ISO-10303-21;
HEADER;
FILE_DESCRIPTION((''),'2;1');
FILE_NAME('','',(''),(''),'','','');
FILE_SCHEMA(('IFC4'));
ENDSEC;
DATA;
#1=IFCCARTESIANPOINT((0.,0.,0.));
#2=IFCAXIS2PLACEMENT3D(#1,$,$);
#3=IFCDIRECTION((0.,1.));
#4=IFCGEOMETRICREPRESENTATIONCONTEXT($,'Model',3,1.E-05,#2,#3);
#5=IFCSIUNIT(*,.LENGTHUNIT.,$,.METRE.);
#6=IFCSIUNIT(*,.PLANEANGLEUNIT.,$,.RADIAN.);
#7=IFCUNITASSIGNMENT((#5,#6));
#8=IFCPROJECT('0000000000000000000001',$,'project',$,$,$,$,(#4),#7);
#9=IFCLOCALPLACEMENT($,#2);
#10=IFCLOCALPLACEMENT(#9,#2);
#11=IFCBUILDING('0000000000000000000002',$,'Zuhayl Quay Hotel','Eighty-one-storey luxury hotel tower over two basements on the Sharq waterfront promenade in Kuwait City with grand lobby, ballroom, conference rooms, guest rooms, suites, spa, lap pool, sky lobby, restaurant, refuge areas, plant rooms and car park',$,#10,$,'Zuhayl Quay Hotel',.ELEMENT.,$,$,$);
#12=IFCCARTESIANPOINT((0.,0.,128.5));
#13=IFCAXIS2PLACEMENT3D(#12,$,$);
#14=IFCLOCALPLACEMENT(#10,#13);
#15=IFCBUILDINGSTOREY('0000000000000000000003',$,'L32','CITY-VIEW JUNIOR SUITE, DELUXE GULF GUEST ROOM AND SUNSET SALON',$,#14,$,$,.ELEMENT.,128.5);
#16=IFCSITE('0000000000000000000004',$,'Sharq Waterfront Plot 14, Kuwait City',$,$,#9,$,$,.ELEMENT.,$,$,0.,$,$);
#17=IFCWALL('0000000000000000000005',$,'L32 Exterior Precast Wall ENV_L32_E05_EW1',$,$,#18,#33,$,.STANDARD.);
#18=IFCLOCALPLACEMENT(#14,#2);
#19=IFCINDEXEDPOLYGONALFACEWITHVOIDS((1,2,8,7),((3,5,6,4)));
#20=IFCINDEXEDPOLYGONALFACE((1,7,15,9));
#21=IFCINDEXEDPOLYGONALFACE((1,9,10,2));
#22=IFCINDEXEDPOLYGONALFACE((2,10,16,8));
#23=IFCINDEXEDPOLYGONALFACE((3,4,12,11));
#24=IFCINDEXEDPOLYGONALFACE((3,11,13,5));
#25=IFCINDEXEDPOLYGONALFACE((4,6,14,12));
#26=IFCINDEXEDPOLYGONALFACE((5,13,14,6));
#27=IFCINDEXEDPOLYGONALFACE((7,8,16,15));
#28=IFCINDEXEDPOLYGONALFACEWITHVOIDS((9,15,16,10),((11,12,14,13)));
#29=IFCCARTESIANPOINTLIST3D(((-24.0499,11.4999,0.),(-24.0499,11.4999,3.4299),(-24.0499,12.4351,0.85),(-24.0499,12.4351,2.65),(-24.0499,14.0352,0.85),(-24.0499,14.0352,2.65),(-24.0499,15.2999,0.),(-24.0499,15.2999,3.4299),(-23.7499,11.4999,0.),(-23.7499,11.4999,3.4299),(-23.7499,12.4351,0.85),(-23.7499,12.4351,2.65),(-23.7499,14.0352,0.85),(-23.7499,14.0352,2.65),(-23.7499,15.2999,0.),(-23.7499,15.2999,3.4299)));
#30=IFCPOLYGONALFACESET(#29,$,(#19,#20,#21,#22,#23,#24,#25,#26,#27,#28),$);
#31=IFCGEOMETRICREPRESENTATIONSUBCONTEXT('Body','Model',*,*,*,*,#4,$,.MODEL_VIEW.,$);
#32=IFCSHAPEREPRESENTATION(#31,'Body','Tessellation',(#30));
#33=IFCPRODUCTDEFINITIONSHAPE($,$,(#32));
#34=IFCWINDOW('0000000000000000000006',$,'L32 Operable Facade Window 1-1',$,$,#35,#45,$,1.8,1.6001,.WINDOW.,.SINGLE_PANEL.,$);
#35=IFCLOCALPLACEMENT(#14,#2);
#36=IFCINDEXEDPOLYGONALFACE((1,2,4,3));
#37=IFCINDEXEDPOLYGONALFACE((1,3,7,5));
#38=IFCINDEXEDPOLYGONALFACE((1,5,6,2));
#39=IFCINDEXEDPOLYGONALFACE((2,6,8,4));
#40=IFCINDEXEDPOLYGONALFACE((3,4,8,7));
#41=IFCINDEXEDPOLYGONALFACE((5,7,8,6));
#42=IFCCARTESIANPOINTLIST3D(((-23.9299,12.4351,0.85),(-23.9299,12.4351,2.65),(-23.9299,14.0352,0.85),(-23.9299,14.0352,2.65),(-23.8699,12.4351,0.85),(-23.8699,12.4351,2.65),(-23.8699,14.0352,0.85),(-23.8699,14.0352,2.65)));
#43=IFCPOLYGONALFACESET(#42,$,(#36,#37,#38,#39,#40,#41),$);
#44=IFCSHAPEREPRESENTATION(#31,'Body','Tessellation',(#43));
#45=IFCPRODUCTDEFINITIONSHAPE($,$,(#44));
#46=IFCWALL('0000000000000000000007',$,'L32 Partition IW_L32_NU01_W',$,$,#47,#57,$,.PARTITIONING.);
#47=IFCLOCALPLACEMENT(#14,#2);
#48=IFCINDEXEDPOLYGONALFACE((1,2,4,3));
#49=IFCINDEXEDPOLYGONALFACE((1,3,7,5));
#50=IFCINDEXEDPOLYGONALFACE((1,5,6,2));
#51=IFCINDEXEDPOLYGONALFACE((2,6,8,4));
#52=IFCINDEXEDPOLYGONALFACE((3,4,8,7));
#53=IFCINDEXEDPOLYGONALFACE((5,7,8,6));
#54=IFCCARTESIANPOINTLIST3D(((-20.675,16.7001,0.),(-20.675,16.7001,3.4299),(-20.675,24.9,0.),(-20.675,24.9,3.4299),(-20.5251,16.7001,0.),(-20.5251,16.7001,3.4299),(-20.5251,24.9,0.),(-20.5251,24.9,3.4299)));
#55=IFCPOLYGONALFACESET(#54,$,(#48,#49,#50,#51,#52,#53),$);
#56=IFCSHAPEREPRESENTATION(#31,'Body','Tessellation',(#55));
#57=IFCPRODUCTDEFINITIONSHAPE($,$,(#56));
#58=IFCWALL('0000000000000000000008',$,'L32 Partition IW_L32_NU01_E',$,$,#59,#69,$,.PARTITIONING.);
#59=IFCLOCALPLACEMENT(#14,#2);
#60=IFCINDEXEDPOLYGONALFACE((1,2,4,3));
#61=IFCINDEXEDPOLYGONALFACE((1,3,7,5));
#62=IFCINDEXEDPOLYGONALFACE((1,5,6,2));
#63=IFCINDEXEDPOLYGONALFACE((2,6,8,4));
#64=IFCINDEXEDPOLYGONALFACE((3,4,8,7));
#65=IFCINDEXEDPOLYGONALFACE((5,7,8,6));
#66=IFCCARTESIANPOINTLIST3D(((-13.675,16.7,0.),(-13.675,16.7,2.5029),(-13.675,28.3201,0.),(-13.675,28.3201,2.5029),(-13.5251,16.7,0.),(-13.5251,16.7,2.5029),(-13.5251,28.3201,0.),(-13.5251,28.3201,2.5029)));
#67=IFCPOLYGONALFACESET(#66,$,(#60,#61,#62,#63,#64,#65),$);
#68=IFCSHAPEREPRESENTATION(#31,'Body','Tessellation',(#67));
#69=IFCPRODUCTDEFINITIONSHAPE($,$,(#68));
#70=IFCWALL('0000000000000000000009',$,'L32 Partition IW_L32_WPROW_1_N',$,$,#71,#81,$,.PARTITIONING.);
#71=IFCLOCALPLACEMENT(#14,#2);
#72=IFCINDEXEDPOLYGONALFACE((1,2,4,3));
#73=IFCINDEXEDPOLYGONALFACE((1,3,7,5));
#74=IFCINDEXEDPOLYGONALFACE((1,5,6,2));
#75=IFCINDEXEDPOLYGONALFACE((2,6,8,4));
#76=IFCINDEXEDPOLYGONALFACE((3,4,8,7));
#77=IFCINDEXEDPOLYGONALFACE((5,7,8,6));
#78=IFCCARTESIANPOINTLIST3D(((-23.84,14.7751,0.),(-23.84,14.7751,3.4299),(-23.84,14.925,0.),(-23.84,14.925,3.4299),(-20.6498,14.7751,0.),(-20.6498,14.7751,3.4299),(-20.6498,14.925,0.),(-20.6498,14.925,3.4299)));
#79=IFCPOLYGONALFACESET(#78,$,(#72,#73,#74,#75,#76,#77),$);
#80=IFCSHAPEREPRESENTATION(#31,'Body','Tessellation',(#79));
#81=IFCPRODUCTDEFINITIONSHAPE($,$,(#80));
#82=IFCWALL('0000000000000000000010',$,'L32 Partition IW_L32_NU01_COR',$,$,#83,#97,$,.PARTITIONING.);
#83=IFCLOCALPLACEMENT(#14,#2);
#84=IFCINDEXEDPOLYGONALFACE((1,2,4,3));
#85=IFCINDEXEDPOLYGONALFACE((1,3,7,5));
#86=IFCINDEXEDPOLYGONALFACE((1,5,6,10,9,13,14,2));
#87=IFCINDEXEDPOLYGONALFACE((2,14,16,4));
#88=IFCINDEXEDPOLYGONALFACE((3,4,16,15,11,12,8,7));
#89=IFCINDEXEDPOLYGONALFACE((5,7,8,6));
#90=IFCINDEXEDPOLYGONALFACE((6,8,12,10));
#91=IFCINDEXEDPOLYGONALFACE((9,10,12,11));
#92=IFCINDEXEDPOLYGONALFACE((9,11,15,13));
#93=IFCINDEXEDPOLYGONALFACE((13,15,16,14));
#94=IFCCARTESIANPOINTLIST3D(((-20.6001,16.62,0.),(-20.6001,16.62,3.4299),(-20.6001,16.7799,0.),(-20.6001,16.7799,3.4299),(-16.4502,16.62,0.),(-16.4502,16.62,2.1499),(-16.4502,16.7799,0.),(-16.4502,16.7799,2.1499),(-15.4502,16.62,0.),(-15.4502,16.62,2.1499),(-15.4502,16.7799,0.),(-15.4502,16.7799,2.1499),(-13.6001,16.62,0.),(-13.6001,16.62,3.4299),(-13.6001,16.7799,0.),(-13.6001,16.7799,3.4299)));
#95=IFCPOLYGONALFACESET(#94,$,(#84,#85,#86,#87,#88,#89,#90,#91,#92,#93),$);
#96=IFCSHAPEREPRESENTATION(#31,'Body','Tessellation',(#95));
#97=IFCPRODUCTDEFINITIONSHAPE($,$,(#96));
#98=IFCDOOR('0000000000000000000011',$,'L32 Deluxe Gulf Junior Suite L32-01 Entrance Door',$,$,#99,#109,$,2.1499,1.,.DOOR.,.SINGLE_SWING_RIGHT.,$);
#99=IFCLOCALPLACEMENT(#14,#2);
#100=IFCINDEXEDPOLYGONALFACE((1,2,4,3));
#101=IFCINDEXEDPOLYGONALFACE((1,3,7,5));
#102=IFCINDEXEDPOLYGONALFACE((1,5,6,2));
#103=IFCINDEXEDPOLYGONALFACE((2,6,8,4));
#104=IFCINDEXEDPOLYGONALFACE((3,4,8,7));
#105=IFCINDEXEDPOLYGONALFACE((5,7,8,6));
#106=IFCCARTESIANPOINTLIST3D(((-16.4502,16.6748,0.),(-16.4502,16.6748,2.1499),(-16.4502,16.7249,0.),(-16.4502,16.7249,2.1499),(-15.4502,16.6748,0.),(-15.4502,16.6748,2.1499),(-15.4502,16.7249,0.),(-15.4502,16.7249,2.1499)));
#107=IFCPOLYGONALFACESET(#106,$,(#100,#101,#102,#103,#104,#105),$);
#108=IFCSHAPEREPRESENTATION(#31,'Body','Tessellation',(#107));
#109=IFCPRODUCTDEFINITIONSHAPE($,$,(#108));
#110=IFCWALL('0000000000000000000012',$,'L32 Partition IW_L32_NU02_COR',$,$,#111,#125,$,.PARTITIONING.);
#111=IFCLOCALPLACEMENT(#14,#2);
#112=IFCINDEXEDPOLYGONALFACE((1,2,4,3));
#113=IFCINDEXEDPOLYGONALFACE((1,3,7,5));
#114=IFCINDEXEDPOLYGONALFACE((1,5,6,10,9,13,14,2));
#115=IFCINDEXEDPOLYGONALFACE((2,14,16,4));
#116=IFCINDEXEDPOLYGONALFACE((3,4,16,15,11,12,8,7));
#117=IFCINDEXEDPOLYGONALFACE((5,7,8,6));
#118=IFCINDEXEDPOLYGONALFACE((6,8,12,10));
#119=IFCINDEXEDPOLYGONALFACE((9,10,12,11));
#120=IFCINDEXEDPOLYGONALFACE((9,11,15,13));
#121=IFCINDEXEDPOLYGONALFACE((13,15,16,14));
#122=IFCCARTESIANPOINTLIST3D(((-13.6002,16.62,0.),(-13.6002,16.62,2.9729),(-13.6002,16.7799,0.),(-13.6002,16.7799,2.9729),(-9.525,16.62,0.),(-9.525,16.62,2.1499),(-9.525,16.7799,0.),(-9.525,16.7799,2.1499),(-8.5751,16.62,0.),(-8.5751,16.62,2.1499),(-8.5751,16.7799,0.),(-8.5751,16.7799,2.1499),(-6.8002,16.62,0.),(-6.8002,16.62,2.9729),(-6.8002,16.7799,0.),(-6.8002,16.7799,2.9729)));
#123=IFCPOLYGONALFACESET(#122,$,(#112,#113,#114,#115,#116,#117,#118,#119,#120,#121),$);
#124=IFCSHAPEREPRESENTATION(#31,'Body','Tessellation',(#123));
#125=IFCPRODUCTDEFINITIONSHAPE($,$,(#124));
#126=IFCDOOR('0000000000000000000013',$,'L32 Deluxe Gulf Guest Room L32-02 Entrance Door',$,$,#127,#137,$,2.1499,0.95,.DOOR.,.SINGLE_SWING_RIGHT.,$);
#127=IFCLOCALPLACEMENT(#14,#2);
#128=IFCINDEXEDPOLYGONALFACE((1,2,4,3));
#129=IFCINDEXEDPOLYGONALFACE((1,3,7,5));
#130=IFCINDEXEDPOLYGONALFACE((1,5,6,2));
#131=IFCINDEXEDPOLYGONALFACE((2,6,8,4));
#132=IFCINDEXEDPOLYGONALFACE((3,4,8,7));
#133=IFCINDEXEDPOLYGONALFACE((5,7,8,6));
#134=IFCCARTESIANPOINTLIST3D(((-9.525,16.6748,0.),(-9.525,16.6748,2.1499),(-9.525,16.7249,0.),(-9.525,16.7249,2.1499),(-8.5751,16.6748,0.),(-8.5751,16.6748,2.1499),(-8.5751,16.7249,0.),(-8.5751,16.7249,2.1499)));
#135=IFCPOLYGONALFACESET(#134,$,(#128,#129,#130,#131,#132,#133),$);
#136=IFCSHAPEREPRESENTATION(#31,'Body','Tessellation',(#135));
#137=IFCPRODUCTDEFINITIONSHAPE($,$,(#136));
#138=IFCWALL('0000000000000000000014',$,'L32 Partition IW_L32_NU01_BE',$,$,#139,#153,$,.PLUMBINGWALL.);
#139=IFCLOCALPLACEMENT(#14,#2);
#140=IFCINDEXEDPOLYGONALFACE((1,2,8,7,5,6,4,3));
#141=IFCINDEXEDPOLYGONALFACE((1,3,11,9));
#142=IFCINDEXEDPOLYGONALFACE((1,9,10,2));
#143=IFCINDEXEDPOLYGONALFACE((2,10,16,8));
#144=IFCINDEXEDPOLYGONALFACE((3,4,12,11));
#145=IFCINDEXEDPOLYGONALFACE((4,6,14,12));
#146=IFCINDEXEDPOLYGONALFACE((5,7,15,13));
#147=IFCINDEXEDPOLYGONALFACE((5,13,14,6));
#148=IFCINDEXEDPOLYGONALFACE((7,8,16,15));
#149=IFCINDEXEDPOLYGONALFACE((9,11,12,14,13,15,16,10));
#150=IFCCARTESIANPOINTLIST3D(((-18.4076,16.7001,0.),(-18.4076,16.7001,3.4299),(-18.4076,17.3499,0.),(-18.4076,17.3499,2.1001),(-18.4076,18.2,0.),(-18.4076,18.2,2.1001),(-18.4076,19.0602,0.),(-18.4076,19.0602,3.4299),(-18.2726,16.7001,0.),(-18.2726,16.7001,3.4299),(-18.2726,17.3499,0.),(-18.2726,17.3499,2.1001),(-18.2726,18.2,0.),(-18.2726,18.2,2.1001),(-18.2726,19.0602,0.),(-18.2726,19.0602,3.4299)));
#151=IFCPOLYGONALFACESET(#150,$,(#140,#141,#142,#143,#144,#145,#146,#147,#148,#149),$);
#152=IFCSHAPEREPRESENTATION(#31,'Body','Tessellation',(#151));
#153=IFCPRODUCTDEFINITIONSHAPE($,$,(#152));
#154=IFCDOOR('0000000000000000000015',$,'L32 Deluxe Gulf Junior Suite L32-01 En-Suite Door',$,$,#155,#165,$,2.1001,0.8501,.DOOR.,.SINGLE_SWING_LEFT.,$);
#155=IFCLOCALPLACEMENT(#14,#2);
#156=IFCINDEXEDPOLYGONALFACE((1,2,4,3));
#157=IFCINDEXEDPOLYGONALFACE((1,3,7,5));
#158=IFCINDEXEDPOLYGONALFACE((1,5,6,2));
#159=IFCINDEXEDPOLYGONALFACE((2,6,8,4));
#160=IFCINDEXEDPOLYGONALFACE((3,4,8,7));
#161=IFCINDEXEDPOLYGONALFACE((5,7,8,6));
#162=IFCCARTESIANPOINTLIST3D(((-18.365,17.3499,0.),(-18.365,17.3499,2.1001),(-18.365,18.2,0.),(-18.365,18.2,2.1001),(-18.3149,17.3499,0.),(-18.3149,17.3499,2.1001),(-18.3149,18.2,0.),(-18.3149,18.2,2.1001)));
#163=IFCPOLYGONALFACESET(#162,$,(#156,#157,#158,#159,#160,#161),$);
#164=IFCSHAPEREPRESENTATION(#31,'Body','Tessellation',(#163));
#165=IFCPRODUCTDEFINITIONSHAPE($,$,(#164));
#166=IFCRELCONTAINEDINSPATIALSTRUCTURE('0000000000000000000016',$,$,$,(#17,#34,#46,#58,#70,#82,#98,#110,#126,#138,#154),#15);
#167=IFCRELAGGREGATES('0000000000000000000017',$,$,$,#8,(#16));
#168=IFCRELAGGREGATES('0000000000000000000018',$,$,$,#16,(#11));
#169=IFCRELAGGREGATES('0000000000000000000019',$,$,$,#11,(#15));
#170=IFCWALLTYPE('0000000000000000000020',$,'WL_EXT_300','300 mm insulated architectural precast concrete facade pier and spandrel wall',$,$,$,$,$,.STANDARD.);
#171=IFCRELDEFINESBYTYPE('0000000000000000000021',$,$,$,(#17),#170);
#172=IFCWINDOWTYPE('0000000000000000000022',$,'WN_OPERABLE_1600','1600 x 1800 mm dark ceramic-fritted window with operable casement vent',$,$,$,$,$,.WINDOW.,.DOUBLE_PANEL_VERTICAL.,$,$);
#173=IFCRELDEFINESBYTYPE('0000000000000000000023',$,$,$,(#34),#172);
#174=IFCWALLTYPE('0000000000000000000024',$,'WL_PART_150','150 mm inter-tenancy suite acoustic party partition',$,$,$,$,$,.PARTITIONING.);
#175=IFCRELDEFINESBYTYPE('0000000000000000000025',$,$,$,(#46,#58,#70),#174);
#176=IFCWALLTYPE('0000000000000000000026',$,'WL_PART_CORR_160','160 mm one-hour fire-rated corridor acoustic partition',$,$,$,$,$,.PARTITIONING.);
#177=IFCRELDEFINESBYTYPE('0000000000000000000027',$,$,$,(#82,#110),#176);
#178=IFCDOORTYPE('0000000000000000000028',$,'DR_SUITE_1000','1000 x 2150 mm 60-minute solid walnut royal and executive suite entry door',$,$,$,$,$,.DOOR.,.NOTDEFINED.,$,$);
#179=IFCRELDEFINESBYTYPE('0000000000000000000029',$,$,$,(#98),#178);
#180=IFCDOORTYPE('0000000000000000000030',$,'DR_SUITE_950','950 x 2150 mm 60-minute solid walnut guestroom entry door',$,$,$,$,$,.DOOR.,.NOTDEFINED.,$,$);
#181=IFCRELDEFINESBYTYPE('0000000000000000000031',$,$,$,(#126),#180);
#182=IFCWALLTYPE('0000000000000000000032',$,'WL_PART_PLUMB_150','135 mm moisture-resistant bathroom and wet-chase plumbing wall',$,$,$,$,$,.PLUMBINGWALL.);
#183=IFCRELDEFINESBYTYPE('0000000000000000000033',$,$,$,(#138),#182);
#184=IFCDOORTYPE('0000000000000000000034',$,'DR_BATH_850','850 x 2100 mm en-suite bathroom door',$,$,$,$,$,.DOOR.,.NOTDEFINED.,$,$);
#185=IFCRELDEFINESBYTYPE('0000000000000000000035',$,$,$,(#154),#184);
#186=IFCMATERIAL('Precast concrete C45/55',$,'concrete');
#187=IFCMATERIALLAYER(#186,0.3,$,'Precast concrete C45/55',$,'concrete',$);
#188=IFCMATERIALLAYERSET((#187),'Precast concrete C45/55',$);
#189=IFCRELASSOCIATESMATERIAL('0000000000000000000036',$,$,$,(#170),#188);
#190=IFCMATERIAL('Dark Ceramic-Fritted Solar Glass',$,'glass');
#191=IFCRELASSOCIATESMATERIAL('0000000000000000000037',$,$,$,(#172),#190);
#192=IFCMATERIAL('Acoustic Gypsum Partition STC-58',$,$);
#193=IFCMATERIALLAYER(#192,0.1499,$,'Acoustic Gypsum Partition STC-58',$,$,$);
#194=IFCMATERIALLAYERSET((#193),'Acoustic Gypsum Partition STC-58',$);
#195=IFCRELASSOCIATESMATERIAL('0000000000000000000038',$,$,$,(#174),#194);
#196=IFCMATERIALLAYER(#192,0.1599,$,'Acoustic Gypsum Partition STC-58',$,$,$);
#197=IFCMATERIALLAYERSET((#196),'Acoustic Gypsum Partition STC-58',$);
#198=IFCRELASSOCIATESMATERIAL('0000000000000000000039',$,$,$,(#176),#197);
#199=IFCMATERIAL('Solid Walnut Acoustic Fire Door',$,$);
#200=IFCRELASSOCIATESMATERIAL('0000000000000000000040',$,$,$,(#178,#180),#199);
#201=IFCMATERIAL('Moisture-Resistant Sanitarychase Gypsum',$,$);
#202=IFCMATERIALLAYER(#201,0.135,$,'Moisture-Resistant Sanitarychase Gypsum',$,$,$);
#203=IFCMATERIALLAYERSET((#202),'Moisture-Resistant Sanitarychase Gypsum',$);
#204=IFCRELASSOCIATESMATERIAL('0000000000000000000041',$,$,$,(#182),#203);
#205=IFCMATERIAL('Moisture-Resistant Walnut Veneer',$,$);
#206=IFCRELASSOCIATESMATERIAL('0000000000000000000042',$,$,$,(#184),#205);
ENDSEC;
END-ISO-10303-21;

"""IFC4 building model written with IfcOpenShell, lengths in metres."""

from ifc_helpers import new_model, si_unit, direction, frame, frame_2d, origin, place, context, subcontext, project, spatial, rectangle, extrude, material, layer, layer_set, type_object, element, fill, save


model = new_model("IFC4")

# Units and contexts
model_context = context("Model", 3, precision=1e-05, world=origin(), true_north=direction((0.0, 1.0)))
body_context = subcontext(model_context, "Body", "Model", "MODEL_VIEW")
ifc_project = project(units=[si_unit("LENGTHUNIT", "METRE"), si_unit("PLANEANGLEUNIT", "RADIAN")], contexts=[model_context])

# Site, building, storey
site_placement = place(None, origin())
site = spatial("IfcSite", under=ifc_project, at=site_placement, Name="Sharq Waterfront Plot 14, Kuwait City", CompositionType="ELEMENT", RefElevation=0.0)
building_placement = place(site_placement, origin())
building = spatial("IfcBuilding", under=site, at=building_placement, Name="Zuhayl Quay Hotel", Description="Eighty-one-storey luxury hotel tower over two basements on the Sharq waterfront promenade in Kuwait City with grand lobby, ballroom, conference rooms, guest rooms, suites, spa, lap pool, sky lobby, restaurant, refuge areas, plant rooms and car park", LongName="Zuhayl Quay Hotel", CompositionType="ELEMENT")
storey_placement = place(building_placement, frame((0.0, 0.0, 128.5)))
storey = spatial("IfcBuildingStorey", under=building, at=storey_placement, Name="L32", Description="CITY-VIEW JUNIOR SUITE, DELUXE GULF GUEST ROOM AND SUNSET SALON", CompositionType="ELEMENT", Elevation=128.5)

# Wall, opening, window
ifc_material_1 = material(Name="Precast concrete C45/55", Category="concrete")
ifc_layer_1 = layer(ifc_material_1, 0.3, Name="Precast concrete C45/55", Category="concrete")
ifc_layer_set_1 = layer_set([ifc_layer_1], Name="Precast concrete C45/55")
wall_type_1 = type_object("IfcWallType", Name="WL_EXT_300", Description="300 mm insulated architectural precast concrete facade pier and spandrel wall", PredefinedType="STANDARD", material=ifc_layer_set_1)
wall_1_placement = place(storey_placement, frame((-23.8999, 11.5, 0.0), z_axis=(0.0, 0.0, 1.0), x_axis=(0.0, 1.0, 0.0)))
wall_1 = element("IfcWall", 1, at=wall_1_placement, inside=storey, type_object=wall_type_1, Name="L32 Exterior Precast Wall ENV_L32_E05_EW1", PredefinedType="STANDARD", context=body_context, shape_type="SweptSolid", body=[
    extrude(rectangle(XDim=3.8, YDim=0.3, at=frame_2d((1.8999, 0.0))), origin(), (0.0, 0.0, 1.0), 3.4299),
])
opening_1_placement = place(wall_1_placement, frame((0.9351, 0.0, 0.8501)))
opening_1 = element("IfcOpeningElement", 2, at=opening_1_placement, cuts=wall_1, PredefinedType="OPENING", context=body_context, shape_type="SweptSolid", body=[
    extrude(rectangle(XDim=1.6001, YDim=1.8, at=frame_2d((0.8, 0.8999))), frame((0.0, 0.1599, 0.0), z_axis=(0.0, -1.0, 0.0), x_axis=(1.0, 0.0, 0.0)), (0.0, 0.0, 1.0), 0.3201),
])
ifc_material_2 = material(Name="Dark Ceramic-Fritted Solar Glass", Category="glass")
window_type = type_object("IfcWindowType", Name="WN_OPERABLE_1600", Description="1600 x 1800 mm dark ceramic-fritted window with operable casement vent", PartitioningType="DOUBLE_PANEL_VERTICAL", PredefinedType="WINDOW", material=ifc_material_2)
window_placement = place(opening_1_placement, origin())
window = element("IfcWindow", 3, at=window_placement, inside=storey, type_object=window_type, Name="L32 Operable Facade Window 1-1", OverallHeight=1.8, OverallWidth=1.6001, PartitioningType="SINGLE_PANEL", PredefinedType="WINDOW", context=body_context, shape_type="SweptSolid", body=[
    extrude(rectangle(XDim=1.6001, YDim=1.8, at=frame_2d((0.8, 0.8999))), frame((0.0, 0.03, 0.0), z_axis=(0.0, -1.0, 0.0), x_axis=(1.0, 0.0, 0.0)), (0.0, 0.0, 1.0), 0.0601),
])
fill(opening_1, window)

# Walls
ifc_material_3 = material(Name="Acoustic Gypsum Partition STC-58")
ifc_layer_2 = layer(ifc_material_3, 0.1499, Name="Acoustic Gypsum Partition STC-58")
ifc_layer_set_2 = layer_set([ifc_layer_2], Name="Acoustic Gypsum Partition STC-58")
wall_type_2 = type_object("IfcWallType", Name="WL_PART_150", Description="150 mm inter-tenancy suite acoustic party partition", PredefinedType="PARTITIONING", material=ifc_layer_set_2)
wall_2_placement = place(storey_placement, frame((-20.6001, 16.7, 0.0), z_axis=(0.0, 0.0, 1.0), x_axis=(0.0, 1.0, 0.0)))
element("IfcWall", 4, at=wall_2_placement, inside=storey, type_object=wall_type_2, Name="L32 Partition IW_L32_NU01_W", PredefinedType="PARTITIONING", context=body_context, shape_type="SweptSolid", body=[
    extrude(rectangle(XDim=8.2, YDim=0.1499, at=frame_2d((4.1001, 0.0))), origin(), (0.0, 0.0, 1.0), 3.4299),
])
wall_3_placement = place(storey_placement, frame((-13.6001, 16.7, 0.0), z_axis=(0.0, 0.0, 1.0), x_axis=(0.0, 1.0, 0.0)))
element("IfcWall", 5, at=wall_3_placement, inside=storey, type_object=wall_type_2, Name="L32 Partition IW_L32_NU01_E", PredefinedType="PARTITIONING", context=body_context, shape_type="SweptSolid", body=[
    extrude(rectangle(XDim=11.6201, YDim=0.1499, at=frame_2d((5.8101, 0.0))), origin(), (0.0, 0.0, 1.0), 2.5029),
])
wall_4_placement = place(storey_placement, frame((-23.8401, 14.8501, 0.0), z_axis=(0.0, 0.0, 1.0), x_axis=(1.0, 0.0, 0.0)))
element("IfcWall", 6, at=wall_4_placement, inside=storey, type_object=wall_type_2, Name="L32 Partition IW_L32_WPROW_1_N", PredefinedType="PARTITIONING", context=body_context, shape_type="SweptSolid", body=[
    extrude(rectangle(XDim=3.1902, YDim=0.1499, at=frame_2d((1.5952, 0.0))), origin(), (0.0, 0.0, 1.0), 3.4299),
])

# Walls, openings, doors
ifc_layer_3 = layer(ifc_material_3, 0.1599, Name="Acoustic Gypsum Partition STC-58")
ifc_layer_set_3 = layer_set([ifc_layer_3], Name="Acoustic Gypsum Partition STC-58")
wall_type_3 = type_object("IfcWallType", Name="WL_PART_CORR_160", Description="160 mm one-hour fire-rated corridor acoustic partition", PredefinedType="PARTITIONING", material=ifc_layer_set_3)
wall_5_placement = place(storey_placement, frame((-20.6001, 16.7, 0.0), z_axis=(0.0, 0.0, 1.0), x_axis=(1.0, 0.0, 0.0)))
wall_5 = element("IfcWall", 7, at=wall_5_placement, inside=storey, type_object=wall_type_3, Name="L32 Partition IW_L32_NU01_COR", PredefinedType="PARTITIONING", context=body_context, shape_type="SweptSolid", body=[
    extrude(rectangle(XDim=7.0, YDim=0.1599, at=frame_2d((3.5, 0.0))), origin(), (0.0, 0.0, 1.0), 3.4299),
])
opening_2_placement = place(wall_5_placement, frame((4.1499, 0.0, 0.0)))
opening_2 = element("IfcOpeningElement", 8, at=opening_2_placement, cuts=wall_5, PredefinedType="OPENING", context=body_context, shape_type="SweptSolid", body=[
    extrude(rectangle(XDim=1.0, YDim=2.1499, at=frame_2d((0.5, 1.075))), frame((0.0, 0.0898, 0.0), z_axis=(0.0, -1.0, 0.0), x_axis=(1.0, 0.0, 0.0)), (0.0, 0.0, 1.0), 0.1799),
])
ifc_material_4 = material(Name="Solid Walnut Acoustic Fire Door")
door_type_1 = type_object("IfcDoorType", Name="DR_SUITE_1000", Description="1000 x 2150 mm 60-minute solid walnut royal and executive suite entry door", OperationType="NOTDEFINED", PredefinedType="DOOR", material=ifc_material_4)
door_1_placement = place(opening_2_placement, origin())
door_1 = element("IfcDoor", 9, at=door_1_placement, inside=storey, type_object=door_type_1, Name="L32 Deluxe Gulf Junior Suite L32-01 Entrance Door", OperationType="SINGLE_SWING_RIGHT", OverallHeight=2.1499, OverallWidth=1.0, PredefinedType="DOOR", context=body_context, shape_type="SweptSolid", body=[
    extrude(rectangle(XDim=1.0, YDim=2.1499, at=frame_2d((0.5, 1.075))), frame((0.0, 0.0249, 0.0), z_axis=(0.0, -1.0, 0.0), x_axis=(1.0, 0.0, 0.0)), (0.0, 0.0, 1.0), 0.05),
])
fill(opening_2, door_1)
wall_6_placement = place(storey_placement, frame((-13.6001, 16.7, 0.0), z_axis=(0.0, 0.0, 1.0), x_axis=(1.0, 0.0, 0.0)))
wall_6 = element("IfcWall", 10, at=wall_6_placement, inside=storey, type_object=wall_type_3, Name="L32 Partition IW_L32_NU02_COR", PredefinedType="PARTITIONING", context=body_context, shape_type="SweptSolid", body=[
    extrude(rectangle(XDim=6.8, YDim=0.1599, at=frame_2d((3.3999, 0.0))), origin(), (0.0, 0.0, 1.0), 2.9729),
])
opening_3_placement = place(wall_6_placement, frame((4.075, 0.0, 0.0)))
opening_3 = element("IfcOpeningElement", 11, at=opening_3_placement, cuts=wall_6, PredefinedType="OPENING", context=body_context, shape_type="SweptSolid", body=[
    extrude(rectangle(XDim=0.95, YDim=2.1499, at=frame_2d((0.4751, 1.075))), frame((0.0, 0.0898, 0.0), z_axis=(0.0, -1.0, 0.0), x_axis=(1.0, 0.0, 0.0)), (0.0, 0.0, 1.0), 0.1799),
])
door_type_2 = type_object("IfcDoorType", Name="DR_SUITE_950", Description="950 x 2150 mm 60-minute solid walnut guestroom entry door", OperationType="NOTDEFINED", PredefinedType="DOOR", material=ifc_material_4)
door_2_placement = place(opening_3_placement, origin())
door_2 = element("IfcDoor", 12, at=door_2_placement, inside=storey, type_object=door_type_2, Name="L32 Deluxe Gulf Guest Room L32-02 Entrance Door", OperationType="SINGLE_SWING_RIGHT", OverallHeight=2.1499, OverallWidth=0.95, PredefinedType="DOOR", context=body_context, shape_type="SweptSolid", body=[
    extrude(rectangle(XDim=0.95, YDim=2.1499, at=frame_2d((0.4751, 1.075))), frame((0.0, 0.0249, 0.0), z_axis=(0.0, -1.0, 0.0), x_axis=(1.0, 0.0, 0.0)), (0.0, 0.0, 1.0), 0.05),
])
fill(opening_3, door_2)
ifc_material_5 = material(Name="Moisture-Resistant Sanitarychase Gypsum")
ifc_layer_4 = layer(ifc_material_5, 0.135, Name="Moisture-Resistant Sanitarychase Gypsum")
ifc_layer_set_4 = layer_set([ifc_layer_4], Name="Moisture-Resistant Sanitarychase Gypsum")
wall_type_4 = type_object("IfcWallType", Name="WL_PART_PLUMB_150", Description="135 mm moisture-resistant bathroom and wet-chase plumbing wall", PredefinedType="PLUMBINGWALL", material=ifc_layer_set_4)
wall_7_placement = place(storey_placement, frame((-18.3401, 16.7, 0.0), z_axis=(0.0, 0.0, 1.0), x_axis=(0.0, 1.0, 0.0)))
wall_7 = element("IfcWall", 13, at=wall_7_placement, inside=storey, type_object=wall_type_4, Name="L32 Partition IW_L32_NU01_BE", PredefinedType="PLUMBINGWALL", context=body_context, shape_type="SweptSolid", body=[
    extrude(rectangle(XDim=2.3601, YDim=0.135, at=frame_2d((1.1802, 0.0))), origin(), (0.0, 0.0, 1.0), 3.4299),
])
opening_4_placement = place(wall_7_placement, frame((0.6499, 0.0, 0.0)))
opening_4 = element("IfcOpeningElement", 14, at=opening_4_placement, cuts=wall_7, PredefinedType="OPENING", context=body_context, shape_type="SweptSolid", body=[
    extrude(rectangle(XDim=0.8501, YDim=2.1001, at=frame_2d((0.425, 1.05))), frame((0.0, 0.0774, 0.0), z_axis=(0.0, -1.0, 0.0), x_axis=(1.0, 0.0, 0.0)), (0.0, 0.0, 1.0), 0.155),
])
ifc_material_6 = material(Name="Moisture-Resistant Walnut Veneer")
door_type_3 = type_object("IfcDoorType", Name="DR_BATH_850", Description="850 x 2100 mm en-suite bathroom door", OperationType="NOTDEFINED", PredefinedType="DOOR", material=ifc_material_6)
door_3_placement = place(opening_4_placement, origin())
door_3 = element("IfcDoor", 15, at=door_3_placement, inside=storey, type_object=door_type_3, Name="L32 Deluxe Gulf Junior Suite L32-01 En-Suite Door", OperationType="SINGLE_SWING_LEFT", OverallHeight=2.1001, OverallWidth=0.8501, PredefinedType="DOOR", context=body_context, shape_type="SweptSolid", body=[
    extrude(rectangle(XDim=0.8501, YDim=2.1001, at=frame_2d((0.425, 1.05))), frame((0.0, 0.0249, 0.0), z_axis=(0.0, -1.0, 0.0), x_axis=(1.0, 0.0, 0.0)), (0.0, 0.0, 1.0), 0.05),
])
fill(opening_4, door_3)

save(model, "model.ifc")
